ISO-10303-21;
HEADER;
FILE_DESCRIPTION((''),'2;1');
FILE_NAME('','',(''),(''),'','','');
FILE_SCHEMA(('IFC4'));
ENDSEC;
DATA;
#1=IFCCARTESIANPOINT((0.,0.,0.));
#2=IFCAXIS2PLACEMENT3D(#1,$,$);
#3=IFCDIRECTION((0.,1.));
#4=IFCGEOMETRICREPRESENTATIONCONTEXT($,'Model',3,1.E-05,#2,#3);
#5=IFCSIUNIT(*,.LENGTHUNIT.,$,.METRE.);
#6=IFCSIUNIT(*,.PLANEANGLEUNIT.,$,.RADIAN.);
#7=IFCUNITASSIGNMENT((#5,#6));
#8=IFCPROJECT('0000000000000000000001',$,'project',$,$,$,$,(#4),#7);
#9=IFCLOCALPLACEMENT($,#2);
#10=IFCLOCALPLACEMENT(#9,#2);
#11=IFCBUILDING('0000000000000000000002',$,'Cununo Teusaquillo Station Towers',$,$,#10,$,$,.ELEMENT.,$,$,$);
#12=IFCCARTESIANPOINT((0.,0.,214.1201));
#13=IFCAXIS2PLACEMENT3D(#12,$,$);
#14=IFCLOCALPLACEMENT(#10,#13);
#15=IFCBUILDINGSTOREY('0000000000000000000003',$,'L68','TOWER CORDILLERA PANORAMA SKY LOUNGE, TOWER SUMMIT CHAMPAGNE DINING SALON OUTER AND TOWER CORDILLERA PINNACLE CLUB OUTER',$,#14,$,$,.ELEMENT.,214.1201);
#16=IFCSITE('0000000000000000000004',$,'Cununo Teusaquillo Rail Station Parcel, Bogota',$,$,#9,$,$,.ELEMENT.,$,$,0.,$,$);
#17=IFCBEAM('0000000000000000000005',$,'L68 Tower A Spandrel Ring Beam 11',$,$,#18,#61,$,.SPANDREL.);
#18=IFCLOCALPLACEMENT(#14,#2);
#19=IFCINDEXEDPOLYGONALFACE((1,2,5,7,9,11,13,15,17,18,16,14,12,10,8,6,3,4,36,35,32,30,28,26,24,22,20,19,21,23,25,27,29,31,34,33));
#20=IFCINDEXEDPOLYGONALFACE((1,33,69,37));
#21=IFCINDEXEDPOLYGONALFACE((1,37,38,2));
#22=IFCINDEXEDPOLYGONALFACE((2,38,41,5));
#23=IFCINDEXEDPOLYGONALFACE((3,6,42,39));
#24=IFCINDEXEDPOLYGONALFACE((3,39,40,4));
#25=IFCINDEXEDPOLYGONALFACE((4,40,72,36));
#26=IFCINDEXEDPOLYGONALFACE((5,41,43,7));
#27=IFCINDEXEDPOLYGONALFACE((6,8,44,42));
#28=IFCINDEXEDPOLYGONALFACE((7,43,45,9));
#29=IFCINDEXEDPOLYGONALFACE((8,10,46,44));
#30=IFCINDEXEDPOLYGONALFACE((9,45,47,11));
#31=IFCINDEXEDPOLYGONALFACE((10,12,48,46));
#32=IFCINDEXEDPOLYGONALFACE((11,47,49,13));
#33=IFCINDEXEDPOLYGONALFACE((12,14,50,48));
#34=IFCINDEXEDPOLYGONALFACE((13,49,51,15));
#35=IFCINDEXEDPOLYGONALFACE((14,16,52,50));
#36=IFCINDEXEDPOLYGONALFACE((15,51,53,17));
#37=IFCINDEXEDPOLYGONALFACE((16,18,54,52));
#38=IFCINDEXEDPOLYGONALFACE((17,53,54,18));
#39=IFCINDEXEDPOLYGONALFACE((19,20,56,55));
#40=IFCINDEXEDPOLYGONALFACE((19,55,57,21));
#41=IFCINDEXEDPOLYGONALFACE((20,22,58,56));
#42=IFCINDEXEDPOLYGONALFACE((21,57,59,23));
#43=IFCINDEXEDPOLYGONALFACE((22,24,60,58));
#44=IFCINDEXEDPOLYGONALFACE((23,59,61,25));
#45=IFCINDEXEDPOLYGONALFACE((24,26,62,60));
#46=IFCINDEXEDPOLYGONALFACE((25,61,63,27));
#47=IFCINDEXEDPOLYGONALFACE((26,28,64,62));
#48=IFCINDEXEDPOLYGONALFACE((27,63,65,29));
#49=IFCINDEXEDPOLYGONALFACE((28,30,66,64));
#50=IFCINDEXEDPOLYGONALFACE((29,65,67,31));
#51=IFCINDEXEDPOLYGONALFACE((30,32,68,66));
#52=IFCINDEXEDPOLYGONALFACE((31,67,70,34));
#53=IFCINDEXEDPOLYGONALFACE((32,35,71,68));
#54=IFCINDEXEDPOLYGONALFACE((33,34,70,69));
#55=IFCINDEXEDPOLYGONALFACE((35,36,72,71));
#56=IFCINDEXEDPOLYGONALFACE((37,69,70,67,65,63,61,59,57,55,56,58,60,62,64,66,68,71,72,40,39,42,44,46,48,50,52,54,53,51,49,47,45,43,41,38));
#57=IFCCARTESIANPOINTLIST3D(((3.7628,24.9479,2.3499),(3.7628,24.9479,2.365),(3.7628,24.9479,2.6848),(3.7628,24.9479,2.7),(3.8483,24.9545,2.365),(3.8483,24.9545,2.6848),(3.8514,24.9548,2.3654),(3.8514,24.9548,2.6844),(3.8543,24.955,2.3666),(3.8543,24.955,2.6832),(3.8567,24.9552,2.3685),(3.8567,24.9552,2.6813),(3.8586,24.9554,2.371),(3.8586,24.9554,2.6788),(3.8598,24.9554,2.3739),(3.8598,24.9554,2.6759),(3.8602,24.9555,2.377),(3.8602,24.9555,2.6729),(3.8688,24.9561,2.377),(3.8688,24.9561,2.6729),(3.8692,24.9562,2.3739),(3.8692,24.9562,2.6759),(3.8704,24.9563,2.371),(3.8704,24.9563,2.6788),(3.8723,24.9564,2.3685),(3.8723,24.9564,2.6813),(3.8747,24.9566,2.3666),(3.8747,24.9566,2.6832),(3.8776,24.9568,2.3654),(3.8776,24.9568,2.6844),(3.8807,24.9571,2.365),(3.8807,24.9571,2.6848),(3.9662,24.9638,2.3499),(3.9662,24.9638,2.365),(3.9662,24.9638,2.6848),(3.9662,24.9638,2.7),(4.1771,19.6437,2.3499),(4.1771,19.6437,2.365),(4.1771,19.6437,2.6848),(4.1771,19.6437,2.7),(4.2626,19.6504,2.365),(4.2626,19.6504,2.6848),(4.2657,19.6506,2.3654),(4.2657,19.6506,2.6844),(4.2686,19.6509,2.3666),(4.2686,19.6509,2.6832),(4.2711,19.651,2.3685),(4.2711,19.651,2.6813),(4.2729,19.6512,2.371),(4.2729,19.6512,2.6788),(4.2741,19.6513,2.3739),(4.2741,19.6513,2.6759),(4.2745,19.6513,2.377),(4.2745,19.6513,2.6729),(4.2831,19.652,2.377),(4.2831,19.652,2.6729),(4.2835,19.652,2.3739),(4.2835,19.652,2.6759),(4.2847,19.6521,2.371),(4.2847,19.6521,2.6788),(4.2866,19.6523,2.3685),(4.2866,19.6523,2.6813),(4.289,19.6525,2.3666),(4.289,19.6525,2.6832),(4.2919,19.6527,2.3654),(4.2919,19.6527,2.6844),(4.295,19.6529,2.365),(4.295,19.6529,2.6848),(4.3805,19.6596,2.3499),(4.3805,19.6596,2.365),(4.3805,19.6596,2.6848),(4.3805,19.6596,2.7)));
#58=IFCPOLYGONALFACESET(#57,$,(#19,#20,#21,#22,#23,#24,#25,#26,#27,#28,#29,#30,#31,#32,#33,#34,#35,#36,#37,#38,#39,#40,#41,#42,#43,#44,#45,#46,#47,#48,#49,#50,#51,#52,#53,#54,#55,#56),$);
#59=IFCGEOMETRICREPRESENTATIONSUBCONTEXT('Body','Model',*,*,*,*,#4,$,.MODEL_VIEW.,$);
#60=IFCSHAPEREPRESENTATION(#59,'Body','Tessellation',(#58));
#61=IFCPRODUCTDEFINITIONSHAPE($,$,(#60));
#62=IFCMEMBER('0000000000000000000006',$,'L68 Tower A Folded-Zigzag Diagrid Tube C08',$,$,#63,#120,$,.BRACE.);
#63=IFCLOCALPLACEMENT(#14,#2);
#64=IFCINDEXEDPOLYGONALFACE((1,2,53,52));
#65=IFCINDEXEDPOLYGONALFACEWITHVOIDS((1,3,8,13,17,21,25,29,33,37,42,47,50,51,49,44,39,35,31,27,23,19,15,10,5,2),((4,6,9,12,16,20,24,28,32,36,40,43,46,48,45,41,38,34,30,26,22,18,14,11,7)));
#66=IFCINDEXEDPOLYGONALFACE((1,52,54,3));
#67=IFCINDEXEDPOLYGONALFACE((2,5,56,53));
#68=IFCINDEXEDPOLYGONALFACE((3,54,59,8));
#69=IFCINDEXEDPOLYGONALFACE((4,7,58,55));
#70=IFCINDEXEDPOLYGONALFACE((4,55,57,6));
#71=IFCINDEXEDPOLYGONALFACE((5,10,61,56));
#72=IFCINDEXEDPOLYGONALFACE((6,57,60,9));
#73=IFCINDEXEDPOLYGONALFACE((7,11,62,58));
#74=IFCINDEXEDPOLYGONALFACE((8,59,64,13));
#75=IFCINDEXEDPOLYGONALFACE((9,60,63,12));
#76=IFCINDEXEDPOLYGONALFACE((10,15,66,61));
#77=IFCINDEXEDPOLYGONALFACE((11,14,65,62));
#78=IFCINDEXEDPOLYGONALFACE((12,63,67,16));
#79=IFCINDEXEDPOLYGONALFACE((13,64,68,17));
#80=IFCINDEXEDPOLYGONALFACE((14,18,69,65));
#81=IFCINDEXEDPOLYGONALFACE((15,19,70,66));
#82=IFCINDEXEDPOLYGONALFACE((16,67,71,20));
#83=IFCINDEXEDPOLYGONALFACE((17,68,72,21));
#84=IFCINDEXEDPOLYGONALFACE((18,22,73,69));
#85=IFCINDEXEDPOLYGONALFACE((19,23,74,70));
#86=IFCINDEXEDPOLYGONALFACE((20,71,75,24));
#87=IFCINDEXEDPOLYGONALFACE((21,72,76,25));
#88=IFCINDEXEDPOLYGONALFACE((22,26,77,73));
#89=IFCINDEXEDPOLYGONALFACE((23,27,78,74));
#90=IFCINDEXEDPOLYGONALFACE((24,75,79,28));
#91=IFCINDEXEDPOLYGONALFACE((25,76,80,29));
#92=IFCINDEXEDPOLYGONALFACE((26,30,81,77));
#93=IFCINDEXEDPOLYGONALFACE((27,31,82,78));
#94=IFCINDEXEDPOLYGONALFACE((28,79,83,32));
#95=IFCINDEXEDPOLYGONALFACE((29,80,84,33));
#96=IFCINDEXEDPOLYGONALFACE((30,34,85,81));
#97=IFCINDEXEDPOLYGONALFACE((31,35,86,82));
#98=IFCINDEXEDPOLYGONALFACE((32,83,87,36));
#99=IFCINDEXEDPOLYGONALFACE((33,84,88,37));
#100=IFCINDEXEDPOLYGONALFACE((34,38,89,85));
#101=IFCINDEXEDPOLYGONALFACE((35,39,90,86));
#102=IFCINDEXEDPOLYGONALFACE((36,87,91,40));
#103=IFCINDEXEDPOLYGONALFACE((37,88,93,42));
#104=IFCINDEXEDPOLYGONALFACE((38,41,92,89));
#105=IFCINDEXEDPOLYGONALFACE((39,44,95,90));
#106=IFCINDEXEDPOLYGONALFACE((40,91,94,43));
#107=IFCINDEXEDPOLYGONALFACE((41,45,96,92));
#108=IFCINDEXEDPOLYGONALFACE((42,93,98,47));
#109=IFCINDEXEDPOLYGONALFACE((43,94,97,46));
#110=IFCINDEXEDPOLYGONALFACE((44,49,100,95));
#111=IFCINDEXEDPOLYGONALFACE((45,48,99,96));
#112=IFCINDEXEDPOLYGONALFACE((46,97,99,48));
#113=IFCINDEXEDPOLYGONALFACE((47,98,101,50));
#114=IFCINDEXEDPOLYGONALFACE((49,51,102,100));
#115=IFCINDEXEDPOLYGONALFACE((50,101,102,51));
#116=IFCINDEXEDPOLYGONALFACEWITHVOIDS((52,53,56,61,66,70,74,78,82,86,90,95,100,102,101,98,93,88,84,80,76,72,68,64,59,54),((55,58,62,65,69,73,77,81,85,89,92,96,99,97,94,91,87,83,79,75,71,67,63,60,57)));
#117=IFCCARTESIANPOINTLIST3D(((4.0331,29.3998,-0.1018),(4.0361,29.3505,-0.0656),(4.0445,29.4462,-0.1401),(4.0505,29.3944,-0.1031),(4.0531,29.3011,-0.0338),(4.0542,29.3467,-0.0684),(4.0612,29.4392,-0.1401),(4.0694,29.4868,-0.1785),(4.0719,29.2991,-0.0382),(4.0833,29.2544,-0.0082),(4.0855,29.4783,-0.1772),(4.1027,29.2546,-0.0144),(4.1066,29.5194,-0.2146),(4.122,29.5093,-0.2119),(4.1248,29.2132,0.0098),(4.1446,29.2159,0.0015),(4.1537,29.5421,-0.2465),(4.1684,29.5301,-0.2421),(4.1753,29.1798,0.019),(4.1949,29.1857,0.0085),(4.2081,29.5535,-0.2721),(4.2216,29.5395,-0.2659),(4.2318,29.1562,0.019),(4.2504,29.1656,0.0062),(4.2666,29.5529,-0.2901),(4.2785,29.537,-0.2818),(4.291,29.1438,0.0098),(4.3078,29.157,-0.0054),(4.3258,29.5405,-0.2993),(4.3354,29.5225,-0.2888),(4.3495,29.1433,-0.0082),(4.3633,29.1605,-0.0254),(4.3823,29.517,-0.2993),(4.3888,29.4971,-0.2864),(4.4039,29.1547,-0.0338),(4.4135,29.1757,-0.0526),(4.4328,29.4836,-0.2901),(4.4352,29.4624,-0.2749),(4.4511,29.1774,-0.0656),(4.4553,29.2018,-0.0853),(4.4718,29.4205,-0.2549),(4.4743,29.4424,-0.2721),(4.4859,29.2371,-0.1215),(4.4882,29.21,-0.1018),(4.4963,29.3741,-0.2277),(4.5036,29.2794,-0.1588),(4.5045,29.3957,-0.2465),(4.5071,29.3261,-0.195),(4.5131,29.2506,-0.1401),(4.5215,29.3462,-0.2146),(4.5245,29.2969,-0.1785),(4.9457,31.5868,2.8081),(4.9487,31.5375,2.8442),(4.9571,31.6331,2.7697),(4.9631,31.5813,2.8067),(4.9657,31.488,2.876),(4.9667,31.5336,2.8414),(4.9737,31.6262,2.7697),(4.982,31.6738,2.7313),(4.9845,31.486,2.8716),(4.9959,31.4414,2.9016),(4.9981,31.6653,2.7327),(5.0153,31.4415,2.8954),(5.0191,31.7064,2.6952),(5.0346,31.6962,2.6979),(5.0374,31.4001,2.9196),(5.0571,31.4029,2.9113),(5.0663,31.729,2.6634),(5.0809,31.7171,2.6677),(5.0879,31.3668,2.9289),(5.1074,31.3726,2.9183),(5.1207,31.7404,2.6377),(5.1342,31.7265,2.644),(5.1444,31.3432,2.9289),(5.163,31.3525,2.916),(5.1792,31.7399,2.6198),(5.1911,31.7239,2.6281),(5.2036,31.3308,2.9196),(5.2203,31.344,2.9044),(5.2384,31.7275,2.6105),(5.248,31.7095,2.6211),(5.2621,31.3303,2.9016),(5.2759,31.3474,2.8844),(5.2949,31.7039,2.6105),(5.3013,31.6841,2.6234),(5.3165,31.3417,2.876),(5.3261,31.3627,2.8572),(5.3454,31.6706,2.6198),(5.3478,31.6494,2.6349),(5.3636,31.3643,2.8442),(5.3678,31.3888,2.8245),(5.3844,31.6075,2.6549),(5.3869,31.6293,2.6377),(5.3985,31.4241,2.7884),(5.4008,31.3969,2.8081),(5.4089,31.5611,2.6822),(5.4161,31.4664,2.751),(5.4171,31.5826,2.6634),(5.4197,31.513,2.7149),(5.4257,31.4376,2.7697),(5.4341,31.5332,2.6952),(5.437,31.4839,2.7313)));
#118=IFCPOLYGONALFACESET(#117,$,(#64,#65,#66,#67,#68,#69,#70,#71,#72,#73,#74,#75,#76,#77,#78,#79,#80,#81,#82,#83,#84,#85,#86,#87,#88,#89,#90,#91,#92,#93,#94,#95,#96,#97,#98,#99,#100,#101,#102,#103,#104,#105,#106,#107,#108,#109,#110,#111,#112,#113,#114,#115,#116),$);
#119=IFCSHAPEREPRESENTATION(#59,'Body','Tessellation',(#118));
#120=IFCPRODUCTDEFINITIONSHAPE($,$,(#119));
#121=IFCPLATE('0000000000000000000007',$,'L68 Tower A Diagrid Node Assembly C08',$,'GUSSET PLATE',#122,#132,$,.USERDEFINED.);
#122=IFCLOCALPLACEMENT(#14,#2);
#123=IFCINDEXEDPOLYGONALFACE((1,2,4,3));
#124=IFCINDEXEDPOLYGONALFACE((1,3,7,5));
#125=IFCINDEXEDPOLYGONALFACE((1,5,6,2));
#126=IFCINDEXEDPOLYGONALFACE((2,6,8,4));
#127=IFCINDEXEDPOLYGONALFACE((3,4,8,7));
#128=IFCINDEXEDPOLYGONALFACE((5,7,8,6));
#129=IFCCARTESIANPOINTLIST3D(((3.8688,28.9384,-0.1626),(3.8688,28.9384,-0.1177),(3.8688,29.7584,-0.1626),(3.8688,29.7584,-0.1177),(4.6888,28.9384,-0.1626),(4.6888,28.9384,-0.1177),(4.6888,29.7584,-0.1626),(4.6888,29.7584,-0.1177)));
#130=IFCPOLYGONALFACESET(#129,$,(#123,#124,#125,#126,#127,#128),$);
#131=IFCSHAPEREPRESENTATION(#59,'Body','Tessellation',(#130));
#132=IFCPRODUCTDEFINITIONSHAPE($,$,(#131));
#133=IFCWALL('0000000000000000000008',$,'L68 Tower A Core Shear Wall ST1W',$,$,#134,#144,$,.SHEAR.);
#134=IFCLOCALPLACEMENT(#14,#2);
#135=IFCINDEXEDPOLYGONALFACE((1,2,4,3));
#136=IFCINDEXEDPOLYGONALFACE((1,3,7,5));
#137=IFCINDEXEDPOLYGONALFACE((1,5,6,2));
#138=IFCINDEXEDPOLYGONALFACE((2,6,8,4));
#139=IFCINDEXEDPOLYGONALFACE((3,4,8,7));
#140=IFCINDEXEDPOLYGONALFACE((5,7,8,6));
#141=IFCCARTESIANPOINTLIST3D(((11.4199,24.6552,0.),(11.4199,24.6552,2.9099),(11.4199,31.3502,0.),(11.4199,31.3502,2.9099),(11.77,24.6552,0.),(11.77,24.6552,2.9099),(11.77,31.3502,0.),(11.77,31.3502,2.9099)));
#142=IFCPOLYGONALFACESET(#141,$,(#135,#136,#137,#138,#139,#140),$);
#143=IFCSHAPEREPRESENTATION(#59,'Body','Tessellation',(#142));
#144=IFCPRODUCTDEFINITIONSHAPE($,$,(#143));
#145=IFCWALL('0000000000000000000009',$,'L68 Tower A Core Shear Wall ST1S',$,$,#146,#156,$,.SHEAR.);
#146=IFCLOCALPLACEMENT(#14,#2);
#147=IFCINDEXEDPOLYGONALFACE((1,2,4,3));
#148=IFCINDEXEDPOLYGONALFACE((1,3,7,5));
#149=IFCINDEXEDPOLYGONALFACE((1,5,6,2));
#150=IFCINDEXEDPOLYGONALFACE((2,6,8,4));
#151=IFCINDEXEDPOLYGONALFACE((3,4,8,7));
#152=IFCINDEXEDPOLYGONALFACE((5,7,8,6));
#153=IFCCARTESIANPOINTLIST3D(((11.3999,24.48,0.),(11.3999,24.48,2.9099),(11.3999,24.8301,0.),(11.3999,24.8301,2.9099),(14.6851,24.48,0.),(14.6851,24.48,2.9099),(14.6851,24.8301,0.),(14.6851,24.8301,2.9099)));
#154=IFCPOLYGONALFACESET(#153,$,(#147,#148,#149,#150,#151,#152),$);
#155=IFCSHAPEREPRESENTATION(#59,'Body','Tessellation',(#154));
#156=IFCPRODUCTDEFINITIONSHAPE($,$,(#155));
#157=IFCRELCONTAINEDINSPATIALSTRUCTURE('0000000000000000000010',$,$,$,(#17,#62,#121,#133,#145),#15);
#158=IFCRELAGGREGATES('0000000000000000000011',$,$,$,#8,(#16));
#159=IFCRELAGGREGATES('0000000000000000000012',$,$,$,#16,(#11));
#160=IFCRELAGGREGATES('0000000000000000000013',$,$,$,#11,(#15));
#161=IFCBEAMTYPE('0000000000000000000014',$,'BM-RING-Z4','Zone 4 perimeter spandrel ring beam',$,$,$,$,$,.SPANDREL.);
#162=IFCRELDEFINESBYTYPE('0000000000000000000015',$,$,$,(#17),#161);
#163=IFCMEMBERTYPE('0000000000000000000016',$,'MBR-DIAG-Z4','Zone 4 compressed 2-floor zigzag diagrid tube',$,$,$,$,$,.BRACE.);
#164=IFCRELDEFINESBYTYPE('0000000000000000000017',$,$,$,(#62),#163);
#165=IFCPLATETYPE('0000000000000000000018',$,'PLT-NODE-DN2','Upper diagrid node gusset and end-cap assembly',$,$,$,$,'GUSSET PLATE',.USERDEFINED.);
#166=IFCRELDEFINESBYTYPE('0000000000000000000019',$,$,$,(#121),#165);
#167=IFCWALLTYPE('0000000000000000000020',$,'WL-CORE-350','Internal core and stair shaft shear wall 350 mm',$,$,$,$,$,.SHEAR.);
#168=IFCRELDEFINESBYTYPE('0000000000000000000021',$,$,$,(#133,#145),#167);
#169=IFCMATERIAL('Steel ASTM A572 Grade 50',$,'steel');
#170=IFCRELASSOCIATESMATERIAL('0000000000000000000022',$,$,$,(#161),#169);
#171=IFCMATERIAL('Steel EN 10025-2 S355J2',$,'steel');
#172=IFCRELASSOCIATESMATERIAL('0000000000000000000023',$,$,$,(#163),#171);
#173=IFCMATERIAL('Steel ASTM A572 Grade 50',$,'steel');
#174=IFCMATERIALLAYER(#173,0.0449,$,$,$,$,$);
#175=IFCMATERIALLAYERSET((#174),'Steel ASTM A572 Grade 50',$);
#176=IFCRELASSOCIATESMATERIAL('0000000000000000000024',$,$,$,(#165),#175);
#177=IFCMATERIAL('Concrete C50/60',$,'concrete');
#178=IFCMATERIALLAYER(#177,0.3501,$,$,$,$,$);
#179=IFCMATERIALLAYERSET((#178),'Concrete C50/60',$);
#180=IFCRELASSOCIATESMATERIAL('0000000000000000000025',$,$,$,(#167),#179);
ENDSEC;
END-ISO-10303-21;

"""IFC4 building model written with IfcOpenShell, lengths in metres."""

from ifc_helpers import new_model, si_unit, direction, frame, frame_2d, origin, origin_2d, place, context, subcontext, project, spatial, rectangle, hollow_circle, i_section, extrude, source, transform, mapped, material, layer, layer_set, material_profile, profile_set, type_object, element, save


model = new_model("IFC4")

# Units and contexts
model_context = context("Model", 3, precision=1e-05, world=origin(), true_north=direction((0.0, 1.0)))
body_context = subcontext(model_context, "Body", "Model", "MODEL_VIEW")
ifc_project = project(units=[si_unit("LENGTHUNIT", "METRE"), si_unit("PLANEANGLEUNIT", "RADIAN")], contexts=[model_context])

# Site, building, storey
site_placement = place(None, origin())
site = spatial("IfcSite", under=ifc_project, at=site_placement, Name="Cununo Teusaquillo Rail Station Parcel, Bogota", CompositionType="ELEMENT", RefElevation=0.0)
building_placement = place(site_placement, origin())
building = spatial("IfcBuilding", under=site, at=building_placement, Name="Cununo Teusaquillo Station Towers", CompositionType="ELEMENT")
storey_placement = place(building_placement, frame((0.0, 0.0, 214.1201)))
storey = spatial("IfcBuildingStorey", under=building, at=storey_placement, Name="L68", Description="TOWER CORDILLERA PANORAMA SKY LOUNGE, TOWER SUMMIT CHAMPAGNE DINING SALON OUTER AND TOWER CORDILLERA PINNACLE CLUB OUTER", CompositionType="ELEMENT", Elevation=214.1201)

# Beam
ifc_material_1 = material(Name="Steel ASTM A572 Grade 50", Category="steel")
ifc_material_profile_1 = material_profile(ifc_material_1, i_section(OverallWidth=0.2041, OverallDepth=0.3501, WebThickness=0.0085, FlangeThickness=0.0151, FilletRadius=0.012, at=origin_2d()), Name="W14X48")
ifc_profile_set_1 = profile_set([ifc_material_profile_1], Name="Steel ASTM A572 Grade 50")
beam_type_1 = type_object("IfcBeamType", Name="BM-RING-Z4", Description="Zone 4 perimeter spandrel ring beam", PredefinedType="SPANDREL", material=ifc_profile_set_1)
beam_1_placement = place(storey_placement, frame((3.8645, 24.9558, 2.5249), z_axis=(0.077872, -0.996963, 0.0), x_axis=(0.996963, 0.077872, 0.0)))
element("IfcBeam", 1, at=beam_1_placement, inside=storey, type_object=beam_type_1, Name="L68 Tower A Spandrel Ring Beam 11", PredefinedType="SPANDREL", context=body_context, shape_type="SweptSolid", body=[
    extrude(i_section(OverallWidth=0.2041, OverallDepth=0.3501, WebThickness=0.0085, FlangeThickness=0.0151, FilletRadius=0.012, at=origin_2d()), origin(), (0.0, 0.0, 1.0), 5.3203),
])

# Member
ifc_material_2 = material(Name="Steel EN 10025-2 S355J2", Category="steel")
ifc_material_profile_2 = material_profile(ifc_material_2, hollow_circle(Radius=0.2539, WallThickness=0.0181, at=origin_2d()), Name="CHS 508x18")
ifc_profile_set_2 = profile_set([ifc_material_profile_2], Name="Steel EN 10025-2 S355J2")
member_type = type_object("IfcMemberType", Name="MBR-DIAG-Z4", Description="Zone 4 compressed 2-floor zigzag diagrid tube", PredefinedType="BRACE", material=ifc_profile_set_2)
member_placement = place(storey_placement, frame((4.2788, 29.3484, -0.1401), z_axis=(0.243178, 0.582769, 0.775399), x_axis=(-0.922876, 0.385098, 0.0)))
element("IfcMember", 2, at=member_placement, inside=storey, type_object=member_type, Name="L68 Tower A Folded-Zigzag Diagrid Tube C08", PredefinedType="BRACE", context=body_context, shape_type="SweptSolid", body=[
    extrude(hollow_circle(Radius=0.2539, WallThickness=0.0181, at=origin_2d()), origin(), (0.0, 0.0, 1.0), 3.7527),
])

# Plate
ifc_material_3 = material(Name="Steel ASTM A572 Grade 50", Category="steel")
ifc_layer_1 = layer(ifc_material_3, 0.0449)
ifc_layer_set_1 = layer_set([ifc_layer_1], Name="Steel ASTM A572 Grade 50")
plate_type = type_object("IfcPlateType", Name="PLT-NODE-DN2", Description="Upper diagrid node gusset and end-cap assembly", ElementType="GUSSET PLATE", PredefinedType="USERDEFINED", material=ifc_layer_set_1)
shared_shape_1 = source(origin(), body_context, "Body", "SweptSolid", [
    extrude(rectangle(XDim=0.8201, YDim=0.8201, at=origin_2d()), origin(), (0.0, 0.0, 1.0), 0.0449),
])
plate_placement = place(storey_placement, frame((4.2788, 29.3484, -0.1626), z_axis=(0.0, 0.0, 1.0), x_axis=(1.0, 0.0, 0.0)))
element("IfcPlate", 3, at=plate_placement, inside=storey, type_object=plate_type, Name="L68 Tower A Diagrid Node Assembly C08", ObjectType="GUSSET PLATE", PredefinedType="USERDEFINED", context=body_context, shape_type="MappedRepresentation", body=[
    mapped(shared_shape_1, transform((0.0, 0.0, 0.0), x_axis=(1.0, 0.0, 0.0), y_axis=(0.0, 1.0, 0.0), z_axis=(0.0, 0.0, 1.0), scale=1.0)),
])

# Walls
ifc_material_4 = material(Name="Concrete C50/60", Category="concrete")
ifc_layer_2 = layer(ifc_material_4, 0.3501)
ifc_layer_set_2 = layer_set([ifc_layer_2], Name="Concrete C50/60")
wall_type_1 = type_object("IfcWallType", Name="WL-CORE-350", Description="Internal core and stair shaft shear wall 350 mm", PredefinedType="SHEAR", material=ifc_layer_set_2)
wall_1_placement = place(storey_placement, frame((11.595, 24.655, 0.0), z_axis=(0.0, 0.0, 1.0), x_axis=(0.0, 1.0, 0.0)))
element("IfcWall", 4, at=wall_1_placement, inside=storey, type_object=wall_type_1, Name="L68 Tower A Core Shear Wall ST1W", PredefinedType="SHEAR", context=body_context, shape_type="SweptSolid", body=[
    extrude(rectangle(XDim=6.6951, YDim=0.3501, at=frame_2d((3.3477, 0.0))), origin(), (0.0, 0.0, 1.0), 2.9099),
])
wall_2_placement = place(storey_placement, frame((11.3999, 24.655, 0.0), z_axis=(0.0, 0.0, 1.0), x_axis=(1.0, 0.0, 0.0)))
element("IfcWall", 5, at=wall_2_placement, inside=storey, type_object=wall_type_1, Name="L68 Tower A Core Shear Wall ST1S", PredefinedType="SHEAR", context=body_context, shape_type="SweptSolid", body=[
    extrude(rectangle(XDim=3.2852, YDim=0.3501, at=frame_2d((1.6426, 0.0))), origin(), (0.0, 0.0, 1.0), 2.9099),
])

save(model, "model.ifc")
